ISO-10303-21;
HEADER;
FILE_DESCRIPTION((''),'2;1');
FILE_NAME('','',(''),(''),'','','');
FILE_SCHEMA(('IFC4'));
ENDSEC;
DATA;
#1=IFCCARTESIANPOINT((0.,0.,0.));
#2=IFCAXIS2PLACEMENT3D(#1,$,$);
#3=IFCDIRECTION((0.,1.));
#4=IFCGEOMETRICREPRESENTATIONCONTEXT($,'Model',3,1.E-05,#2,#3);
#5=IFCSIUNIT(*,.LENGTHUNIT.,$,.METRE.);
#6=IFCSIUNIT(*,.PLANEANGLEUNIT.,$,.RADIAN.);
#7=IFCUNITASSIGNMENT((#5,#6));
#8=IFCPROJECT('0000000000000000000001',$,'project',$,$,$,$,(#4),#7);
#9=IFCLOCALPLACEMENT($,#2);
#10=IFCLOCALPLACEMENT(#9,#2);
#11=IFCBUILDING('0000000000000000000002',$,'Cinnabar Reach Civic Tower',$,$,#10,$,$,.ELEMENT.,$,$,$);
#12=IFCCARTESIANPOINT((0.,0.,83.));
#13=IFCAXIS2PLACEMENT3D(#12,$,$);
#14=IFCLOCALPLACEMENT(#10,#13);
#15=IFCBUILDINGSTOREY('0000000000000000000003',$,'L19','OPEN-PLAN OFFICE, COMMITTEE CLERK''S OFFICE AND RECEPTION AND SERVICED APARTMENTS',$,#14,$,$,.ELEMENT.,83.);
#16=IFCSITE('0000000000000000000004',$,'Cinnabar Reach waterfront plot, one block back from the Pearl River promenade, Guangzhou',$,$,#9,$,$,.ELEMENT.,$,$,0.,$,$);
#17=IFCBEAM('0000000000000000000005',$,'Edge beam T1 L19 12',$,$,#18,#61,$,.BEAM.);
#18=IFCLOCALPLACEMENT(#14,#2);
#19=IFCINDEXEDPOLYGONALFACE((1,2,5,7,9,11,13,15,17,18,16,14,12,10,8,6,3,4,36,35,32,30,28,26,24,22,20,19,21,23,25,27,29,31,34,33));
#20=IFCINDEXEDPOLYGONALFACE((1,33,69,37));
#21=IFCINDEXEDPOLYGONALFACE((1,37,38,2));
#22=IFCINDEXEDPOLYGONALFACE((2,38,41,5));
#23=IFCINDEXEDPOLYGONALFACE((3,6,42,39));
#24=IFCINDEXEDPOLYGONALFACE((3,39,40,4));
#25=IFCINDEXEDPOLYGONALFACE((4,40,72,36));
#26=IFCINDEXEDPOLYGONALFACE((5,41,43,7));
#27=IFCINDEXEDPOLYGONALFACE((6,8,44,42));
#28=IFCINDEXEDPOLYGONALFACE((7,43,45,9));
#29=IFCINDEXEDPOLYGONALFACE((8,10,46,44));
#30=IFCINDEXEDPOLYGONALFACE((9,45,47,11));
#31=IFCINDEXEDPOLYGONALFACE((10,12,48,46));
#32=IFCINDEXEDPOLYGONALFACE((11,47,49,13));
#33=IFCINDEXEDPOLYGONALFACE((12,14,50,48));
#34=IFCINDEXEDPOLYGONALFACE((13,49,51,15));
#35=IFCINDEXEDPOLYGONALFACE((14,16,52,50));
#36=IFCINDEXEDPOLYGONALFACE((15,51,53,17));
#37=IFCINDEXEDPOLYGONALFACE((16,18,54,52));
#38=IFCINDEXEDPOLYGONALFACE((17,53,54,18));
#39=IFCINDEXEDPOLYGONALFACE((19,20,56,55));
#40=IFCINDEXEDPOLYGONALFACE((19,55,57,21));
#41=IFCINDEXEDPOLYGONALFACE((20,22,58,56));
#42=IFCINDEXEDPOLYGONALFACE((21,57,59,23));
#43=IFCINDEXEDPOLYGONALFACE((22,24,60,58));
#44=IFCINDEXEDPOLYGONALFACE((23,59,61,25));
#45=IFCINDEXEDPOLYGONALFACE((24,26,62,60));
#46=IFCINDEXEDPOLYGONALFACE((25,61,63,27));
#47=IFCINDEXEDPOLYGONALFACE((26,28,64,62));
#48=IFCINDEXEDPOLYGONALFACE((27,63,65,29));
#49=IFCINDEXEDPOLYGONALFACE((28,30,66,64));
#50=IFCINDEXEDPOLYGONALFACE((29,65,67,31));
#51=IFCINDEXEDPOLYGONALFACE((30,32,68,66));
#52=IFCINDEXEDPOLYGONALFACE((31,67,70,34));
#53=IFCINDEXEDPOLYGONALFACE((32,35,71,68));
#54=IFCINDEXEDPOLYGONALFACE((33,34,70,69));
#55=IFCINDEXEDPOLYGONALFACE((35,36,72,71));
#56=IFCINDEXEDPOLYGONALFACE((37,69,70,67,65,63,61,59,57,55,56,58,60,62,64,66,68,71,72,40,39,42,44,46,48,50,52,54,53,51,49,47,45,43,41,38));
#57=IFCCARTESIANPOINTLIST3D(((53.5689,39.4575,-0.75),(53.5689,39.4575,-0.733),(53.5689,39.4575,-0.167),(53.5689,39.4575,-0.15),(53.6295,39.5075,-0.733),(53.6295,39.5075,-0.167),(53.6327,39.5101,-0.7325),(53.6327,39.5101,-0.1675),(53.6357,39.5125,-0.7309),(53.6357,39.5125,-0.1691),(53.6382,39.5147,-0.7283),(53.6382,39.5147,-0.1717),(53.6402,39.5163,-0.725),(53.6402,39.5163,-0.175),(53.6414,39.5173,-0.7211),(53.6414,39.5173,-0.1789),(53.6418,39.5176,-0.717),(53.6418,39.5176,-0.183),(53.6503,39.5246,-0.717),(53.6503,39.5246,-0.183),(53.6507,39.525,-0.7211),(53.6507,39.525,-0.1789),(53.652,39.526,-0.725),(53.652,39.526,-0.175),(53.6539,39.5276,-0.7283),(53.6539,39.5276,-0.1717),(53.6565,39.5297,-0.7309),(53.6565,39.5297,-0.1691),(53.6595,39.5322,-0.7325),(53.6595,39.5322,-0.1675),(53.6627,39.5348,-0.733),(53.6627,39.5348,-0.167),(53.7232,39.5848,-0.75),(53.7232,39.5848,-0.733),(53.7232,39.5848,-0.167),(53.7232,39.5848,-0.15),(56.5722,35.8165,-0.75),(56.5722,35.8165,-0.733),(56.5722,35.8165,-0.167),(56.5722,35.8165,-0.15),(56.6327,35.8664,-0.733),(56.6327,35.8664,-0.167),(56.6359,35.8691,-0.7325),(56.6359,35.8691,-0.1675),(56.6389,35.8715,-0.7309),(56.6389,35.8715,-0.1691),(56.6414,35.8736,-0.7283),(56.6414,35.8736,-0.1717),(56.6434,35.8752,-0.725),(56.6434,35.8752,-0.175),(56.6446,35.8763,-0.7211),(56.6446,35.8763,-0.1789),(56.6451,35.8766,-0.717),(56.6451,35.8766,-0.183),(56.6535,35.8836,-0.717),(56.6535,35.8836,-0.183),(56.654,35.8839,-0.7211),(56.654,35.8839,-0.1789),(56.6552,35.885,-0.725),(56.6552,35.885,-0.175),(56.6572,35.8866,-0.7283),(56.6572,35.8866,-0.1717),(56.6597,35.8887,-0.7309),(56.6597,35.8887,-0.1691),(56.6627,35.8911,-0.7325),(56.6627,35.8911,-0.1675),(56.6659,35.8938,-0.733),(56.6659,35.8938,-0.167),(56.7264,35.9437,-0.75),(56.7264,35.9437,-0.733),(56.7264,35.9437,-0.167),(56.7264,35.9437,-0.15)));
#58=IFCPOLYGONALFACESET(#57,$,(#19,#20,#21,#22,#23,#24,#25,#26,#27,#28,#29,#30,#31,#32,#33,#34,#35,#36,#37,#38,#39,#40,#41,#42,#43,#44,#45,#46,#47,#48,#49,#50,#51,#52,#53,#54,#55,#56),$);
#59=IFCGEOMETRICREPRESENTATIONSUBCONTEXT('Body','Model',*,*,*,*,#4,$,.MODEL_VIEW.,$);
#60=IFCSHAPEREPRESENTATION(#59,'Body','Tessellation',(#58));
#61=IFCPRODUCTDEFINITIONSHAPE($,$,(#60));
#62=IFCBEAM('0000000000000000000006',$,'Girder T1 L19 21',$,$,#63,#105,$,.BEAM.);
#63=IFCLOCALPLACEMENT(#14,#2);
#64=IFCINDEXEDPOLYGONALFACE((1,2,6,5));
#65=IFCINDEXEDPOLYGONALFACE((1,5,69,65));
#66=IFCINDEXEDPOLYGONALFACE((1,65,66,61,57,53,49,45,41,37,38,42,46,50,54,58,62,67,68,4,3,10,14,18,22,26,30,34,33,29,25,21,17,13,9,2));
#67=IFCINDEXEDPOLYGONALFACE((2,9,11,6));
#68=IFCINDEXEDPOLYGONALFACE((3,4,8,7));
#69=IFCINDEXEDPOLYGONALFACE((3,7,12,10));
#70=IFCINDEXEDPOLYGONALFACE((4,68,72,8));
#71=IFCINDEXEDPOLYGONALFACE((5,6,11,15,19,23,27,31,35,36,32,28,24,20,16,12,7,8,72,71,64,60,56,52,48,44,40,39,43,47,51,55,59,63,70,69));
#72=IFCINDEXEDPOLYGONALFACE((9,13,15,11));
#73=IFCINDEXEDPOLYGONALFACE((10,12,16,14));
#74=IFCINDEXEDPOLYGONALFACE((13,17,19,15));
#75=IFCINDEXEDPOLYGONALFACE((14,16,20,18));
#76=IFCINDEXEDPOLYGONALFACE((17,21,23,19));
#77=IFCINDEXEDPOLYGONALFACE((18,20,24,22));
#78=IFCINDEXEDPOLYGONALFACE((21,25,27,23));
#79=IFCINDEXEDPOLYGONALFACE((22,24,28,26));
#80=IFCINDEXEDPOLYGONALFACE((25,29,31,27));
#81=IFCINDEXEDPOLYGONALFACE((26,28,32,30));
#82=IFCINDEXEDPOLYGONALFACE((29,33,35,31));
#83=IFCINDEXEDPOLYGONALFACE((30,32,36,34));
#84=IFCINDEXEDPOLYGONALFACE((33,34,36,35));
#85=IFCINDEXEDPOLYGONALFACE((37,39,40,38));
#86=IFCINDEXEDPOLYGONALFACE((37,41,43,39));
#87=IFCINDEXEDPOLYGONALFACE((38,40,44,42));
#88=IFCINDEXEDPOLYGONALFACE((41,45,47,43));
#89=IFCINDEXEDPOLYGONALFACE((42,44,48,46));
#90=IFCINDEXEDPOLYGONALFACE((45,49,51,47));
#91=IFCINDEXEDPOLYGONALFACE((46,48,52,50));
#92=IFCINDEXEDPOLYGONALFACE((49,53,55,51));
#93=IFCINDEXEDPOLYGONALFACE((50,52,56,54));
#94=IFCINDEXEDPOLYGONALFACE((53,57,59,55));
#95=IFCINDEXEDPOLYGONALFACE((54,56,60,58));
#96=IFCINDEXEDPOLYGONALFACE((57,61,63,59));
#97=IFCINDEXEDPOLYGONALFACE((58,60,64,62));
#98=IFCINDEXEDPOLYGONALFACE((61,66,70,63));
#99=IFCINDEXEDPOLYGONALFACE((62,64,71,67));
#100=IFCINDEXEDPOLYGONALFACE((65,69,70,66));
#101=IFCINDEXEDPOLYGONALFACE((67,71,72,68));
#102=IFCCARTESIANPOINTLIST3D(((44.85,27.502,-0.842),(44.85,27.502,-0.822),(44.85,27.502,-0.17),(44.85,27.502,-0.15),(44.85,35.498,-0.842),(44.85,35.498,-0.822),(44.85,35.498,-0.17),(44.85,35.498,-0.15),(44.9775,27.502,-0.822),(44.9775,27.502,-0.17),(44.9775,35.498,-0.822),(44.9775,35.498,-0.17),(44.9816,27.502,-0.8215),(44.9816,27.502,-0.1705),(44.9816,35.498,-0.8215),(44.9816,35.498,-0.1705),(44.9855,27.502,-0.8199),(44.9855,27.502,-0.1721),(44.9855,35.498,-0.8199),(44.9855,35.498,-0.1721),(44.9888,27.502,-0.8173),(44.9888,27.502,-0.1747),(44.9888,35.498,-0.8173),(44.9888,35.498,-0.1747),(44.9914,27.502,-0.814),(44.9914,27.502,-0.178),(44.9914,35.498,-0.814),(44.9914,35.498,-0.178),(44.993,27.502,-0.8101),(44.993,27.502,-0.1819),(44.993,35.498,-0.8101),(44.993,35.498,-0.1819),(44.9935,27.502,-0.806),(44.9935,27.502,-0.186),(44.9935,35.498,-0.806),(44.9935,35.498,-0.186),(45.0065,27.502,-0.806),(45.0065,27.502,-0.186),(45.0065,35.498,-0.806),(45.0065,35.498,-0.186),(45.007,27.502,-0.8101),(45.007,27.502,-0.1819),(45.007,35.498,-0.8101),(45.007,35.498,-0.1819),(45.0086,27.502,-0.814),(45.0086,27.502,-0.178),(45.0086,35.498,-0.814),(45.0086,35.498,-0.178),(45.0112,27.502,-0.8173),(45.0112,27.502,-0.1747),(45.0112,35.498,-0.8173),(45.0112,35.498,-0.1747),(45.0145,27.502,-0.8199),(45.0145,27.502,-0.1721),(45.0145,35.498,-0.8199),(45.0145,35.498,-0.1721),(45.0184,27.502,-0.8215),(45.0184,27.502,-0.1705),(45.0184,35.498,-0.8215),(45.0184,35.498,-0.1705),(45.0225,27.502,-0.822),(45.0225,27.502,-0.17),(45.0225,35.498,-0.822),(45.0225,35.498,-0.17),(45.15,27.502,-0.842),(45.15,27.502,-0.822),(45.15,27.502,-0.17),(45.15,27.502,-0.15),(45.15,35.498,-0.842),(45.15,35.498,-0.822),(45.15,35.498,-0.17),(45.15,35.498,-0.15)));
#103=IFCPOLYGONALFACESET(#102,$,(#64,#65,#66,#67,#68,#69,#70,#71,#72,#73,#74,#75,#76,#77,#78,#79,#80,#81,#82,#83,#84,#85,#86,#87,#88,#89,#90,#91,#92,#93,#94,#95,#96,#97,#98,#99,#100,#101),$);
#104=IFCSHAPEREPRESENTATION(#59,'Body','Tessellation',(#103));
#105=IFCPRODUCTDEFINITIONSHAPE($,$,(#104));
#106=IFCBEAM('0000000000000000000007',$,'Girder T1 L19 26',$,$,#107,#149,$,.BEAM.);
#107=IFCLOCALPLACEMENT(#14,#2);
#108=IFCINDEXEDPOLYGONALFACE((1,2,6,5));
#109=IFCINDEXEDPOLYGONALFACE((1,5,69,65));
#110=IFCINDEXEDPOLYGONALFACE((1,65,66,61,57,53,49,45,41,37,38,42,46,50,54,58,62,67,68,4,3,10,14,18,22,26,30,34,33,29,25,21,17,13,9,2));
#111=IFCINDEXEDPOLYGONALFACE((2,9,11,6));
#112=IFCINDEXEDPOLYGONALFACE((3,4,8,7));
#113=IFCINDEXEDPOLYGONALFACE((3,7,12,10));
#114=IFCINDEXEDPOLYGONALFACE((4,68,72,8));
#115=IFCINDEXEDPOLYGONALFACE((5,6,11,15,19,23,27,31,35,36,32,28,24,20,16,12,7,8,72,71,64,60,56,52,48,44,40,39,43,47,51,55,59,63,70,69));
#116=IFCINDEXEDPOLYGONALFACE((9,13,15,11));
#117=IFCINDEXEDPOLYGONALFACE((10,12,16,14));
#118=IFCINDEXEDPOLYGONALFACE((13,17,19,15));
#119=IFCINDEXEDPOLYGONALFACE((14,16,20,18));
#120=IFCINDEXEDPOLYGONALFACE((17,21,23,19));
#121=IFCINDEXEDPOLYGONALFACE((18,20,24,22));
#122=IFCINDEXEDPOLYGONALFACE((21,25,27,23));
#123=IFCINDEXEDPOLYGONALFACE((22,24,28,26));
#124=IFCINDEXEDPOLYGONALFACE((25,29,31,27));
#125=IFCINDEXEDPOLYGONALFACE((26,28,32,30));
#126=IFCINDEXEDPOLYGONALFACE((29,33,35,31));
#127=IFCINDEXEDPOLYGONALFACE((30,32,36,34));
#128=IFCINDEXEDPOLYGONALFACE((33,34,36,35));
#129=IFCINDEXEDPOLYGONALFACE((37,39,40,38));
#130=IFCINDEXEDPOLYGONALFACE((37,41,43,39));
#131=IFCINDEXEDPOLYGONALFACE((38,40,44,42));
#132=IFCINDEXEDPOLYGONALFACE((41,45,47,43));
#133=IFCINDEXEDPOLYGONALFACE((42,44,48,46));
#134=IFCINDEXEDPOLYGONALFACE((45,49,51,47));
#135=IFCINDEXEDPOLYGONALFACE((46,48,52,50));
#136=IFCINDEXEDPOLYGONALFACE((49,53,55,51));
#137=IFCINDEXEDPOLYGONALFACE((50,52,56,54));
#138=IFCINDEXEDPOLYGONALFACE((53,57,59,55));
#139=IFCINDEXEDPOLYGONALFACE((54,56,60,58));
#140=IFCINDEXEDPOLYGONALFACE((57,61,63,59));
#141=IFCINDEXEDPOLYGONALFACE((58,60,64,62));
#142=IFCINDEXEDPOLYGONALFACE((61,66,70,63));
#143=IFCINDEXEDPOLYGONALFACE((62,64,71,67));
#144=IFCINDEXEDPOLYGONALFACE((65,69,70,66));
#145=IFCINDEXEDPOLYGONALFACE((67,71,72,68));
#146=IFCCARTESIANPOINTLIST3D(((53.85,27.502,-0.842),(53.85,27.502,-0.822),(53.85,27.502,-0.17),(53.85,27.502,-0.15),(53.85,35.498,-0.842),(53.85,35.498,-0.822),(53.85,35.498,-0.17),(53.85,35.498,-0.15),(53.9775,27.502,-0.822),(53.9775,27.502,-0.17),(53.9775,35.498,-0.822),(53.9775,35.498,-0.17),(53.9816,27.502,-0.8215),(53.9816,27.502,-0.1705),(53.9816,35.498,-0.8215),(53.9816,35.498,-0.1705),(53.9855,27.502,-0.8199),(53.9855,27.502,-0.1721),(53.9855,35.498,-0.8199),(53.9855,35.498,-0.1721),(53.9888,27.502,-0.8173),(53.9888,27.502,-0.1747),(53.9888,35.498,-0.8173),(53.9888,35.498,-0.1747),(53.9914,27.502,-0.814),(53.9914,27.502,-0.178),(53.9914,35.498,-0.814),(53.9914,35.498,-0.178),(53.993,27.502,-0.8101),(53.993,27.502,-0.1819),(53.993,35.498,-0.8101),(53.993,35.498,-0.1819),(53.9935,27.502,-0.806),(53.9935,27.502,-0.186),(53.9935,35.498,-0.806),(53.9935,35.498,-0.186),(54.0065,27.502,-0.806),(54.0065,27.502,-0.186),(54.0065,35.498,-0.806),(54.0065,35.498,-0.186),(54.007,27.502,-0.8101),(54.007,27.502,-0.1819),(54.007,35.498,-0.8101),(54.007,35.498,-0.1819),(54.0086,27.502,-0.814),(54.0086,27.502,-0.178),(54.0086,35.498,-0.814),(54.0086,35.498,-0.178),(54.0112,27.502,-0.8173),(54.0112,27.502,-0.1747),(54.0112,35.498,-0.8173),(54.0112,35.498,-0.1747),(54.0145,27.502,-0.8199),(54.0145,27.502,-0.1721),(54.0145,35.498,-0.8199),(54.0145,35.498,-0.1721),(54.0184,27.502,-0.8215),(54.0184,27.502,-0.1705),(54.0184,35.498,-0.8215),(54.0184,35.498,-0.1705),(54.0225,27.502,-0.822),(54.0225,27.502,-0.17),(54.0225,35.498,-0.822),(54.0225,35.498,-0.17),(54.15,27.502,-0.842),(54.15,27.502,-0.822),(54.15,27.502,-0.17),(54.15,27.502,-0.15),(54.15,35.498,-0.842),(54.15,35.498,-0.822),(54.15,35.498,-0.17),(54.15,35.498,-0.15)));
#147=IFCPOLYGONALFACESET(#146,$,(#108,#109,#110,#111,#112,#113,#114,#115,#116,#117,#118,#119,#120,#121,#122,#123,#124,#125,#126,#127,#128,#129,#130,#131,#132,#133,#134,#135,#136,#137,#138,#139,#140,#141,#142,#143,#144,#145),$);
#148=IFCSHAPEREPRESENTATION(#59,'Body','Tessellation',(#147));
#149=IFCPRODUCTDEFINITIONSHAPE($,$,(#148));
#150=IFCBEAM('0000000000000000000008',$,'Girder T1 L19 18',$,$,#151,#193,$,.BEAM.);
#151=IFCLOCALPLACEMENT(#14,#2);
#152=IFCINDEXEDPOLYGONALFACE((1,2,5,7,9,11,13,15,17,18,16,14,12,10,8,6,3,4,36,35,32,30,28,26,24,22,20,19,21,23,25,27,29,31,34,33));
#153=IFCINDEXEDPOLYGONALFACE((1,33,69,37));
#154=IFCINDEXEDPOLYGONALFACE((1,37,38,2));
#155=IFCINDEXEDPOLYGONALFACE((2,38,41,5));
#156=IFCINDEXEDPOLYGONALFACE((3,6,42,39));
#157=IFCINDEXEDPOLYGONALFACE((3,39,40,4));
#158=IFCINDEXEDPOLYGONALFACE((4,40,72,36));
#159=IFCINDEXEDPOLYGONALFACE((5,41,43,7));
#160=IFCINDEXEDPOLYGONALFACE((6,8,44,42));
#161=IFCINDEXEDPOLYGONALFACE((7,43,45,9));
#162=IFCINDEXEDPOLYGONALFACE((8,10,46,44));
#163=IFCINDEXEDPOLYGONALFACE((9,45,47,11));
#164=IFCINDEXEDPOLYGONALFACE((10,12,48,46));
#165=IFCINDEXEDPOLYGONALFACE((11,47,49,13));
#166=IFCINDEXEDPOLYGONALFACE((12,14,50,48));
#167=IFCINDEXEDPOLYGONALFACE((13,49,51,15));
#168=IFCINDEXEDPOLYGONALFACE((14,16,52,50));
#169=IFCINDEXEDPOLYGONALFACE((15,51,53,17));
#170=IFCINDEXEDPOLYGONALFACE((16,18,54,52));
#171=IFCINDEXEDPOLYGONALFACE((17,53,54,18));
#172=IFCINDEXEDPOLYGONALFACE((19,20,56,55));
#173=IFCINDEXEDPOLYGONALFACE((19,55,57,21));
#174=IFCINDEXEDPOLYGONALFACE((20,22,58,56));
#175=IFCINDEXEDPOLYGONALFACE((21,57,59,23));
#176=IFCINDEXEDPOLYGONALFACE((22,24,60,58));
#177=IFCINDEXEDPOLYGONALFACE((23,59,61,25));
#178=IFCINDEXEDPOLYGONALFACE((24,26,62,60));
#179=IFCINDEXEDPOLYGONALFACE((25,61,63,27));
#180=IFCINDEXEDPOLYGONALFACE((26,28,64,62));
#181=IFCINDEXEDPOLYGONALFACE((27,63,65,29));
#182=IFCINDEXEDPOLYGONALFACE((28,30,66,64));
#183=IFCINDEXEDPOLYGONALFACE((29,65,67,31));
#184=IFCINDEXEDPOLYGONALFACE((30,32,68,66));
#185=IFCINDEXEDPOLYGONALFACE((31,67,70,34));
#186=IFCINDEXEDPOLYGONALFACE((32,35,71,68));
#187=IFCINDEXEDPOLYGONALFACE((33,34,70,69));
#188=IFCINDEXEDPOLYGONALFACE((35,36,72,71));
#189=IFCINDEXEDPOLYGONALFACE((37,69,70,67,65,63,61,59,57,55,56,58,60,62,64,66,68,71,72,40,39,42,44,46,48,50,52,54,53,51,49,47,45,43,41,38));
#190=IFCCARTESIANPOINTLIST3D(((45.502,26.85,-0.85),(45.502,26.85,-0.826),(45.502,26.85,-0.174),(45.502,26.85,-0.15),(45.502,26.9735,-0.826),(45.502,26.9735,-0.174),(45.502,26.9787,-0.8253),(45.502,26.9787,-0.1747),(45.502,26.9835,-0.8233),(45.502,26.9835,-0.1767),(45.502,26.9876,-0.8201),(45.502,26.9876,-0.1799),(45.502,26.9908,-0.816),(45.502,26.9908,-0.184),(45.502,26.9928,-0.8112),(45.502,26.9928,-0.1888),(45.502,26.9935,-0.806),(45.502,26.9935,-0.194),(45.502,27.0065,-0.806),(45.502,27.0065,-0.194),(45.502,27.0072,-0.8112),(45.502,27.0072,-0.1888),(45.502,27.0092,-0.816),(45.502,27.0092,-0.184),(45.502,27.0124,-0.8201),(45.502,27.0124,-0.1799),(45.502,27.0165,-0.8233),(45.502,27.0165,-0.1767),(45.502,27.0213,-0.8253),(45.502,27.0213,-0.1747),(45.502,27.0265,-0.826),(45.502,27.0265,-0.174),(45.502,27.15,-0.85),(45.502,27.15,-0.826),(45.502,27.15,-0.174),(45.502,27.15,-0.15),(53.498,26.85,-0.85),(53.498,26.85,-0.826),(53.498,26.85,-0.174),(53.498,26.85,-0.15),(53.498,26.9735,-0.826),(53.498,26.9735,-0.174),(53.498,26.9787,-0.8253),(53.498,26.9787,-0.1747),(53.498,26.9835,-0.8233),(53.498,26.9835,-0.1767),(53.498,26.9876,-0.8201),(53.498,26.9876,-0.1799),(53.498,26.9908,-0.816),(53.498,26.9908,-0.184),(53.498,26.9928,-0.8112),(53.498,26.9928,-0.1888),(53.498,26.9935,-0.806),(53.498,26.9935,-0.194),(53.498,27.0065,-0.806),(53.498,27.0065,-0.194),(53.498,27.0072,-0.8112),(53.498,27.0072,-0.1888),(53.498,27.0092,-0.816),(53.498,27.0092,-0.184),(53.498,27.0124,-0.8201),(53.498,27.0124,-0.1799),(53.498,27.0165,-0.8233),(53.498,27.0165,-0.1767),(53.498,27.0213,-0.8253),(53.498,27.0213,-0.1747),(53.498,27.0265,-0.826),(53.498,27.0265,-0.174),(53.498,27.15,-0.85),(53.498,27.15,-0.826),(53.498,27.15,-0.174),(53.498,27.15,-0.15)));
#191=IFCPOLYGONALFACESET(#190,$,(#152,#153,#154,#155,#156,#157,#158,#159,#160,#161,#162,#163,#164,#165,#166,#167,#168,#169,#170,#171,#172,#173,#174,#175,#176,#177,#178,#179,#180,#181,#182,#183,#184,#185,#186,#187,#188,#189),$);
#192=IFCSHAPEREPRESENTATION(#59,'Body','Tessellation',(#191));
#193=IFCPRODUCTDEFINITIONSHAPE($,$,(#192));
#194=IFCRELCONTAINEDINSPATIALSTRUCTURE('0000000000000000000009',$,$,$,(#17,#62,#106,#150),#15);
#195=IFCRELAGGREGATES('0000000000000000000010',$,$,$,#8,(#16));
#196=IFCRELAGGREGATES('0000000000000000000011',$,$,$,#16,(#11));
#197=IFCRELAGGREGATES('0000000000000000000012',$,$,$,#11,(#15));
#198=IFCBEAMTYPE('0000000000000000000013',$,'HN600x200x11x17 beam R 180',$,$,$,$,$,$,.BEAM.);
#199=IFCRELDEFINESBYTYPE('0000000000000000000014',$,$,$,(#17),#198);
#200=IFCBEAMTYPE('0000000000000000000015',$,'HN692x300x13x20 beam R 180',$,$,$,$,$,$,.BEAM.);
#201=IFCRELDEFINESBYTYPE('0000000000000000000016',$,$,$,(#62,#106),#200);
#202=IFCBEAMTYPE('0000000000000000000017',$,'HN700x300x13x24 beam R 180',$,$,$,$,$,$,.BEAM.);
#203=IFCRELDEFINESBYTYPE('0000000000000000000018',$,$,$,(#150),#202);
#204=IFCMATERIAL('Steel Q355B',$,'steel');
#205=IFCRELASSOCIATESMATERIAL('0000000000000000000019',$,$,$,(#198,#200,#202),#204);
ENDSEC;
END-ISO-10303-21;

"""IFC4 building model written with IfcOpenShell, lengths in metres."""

from ifc_helpers import new_model, si_unit, direction, frame, origin, origin_2d, place, context, subcontext, project, spatial, i_section, extrude, material, material_profile, profile_set, type_object, element, save


model = new_model("IFC4")

# Units and contexts
model_context = context("Model", 3, precision=1e-05, world=origin(), true_north=direction((0.0, 1.0)))
body_context = subcontext(model_context, "Body", "Model", "MODEL_VIEW")
ifc_project = project(units=[si_unit("LENGTHUNIT", "METRE"), si_unit("PLANEANGLEUNIT", "RADIAN")], contexts=[model_context])

# Site, building, storey
site_placement = place(None, origin())
site = spatial("IfcSite", under=ifc_project, at=site_placement, Name="Cinnabar Reach waterfront plot, one block back from the Pearl River promenade, Guangzhou", CompositionType="ELEMENT", RefElevation=0.0)
building_placement = place(site_placement, origin())
building = spatial("IfcBuilding", under=site, at=building_placement, Name="Cinnabar Reach Civic Tower", CompositionType="ELEMENT")
storey_placement = place(building_placement, frame((0.0, 0.0, 83.0)))
storey = spatial("IfcBuildingStorey", under=building, at=storey_placement, Name="L19", Description="OPEN-PLAN OFFICE, COMMITTEE CLERK'S OFFICE AND RECEPTION AND SERVICED APARTMENTS", CompositionType="ELEMENT", Elevation=83.0)

# Beams
ifc_material_1 = material(Name="Steel Q355B", Category="steel")
ifc_material_profile_1 = material_profile(ifc_material_1, i_section(OverallWidth=0.2, OverallDepth=0.6, WebThickness=0.011, FlangeThickness=0.017, FilletRadius=0.016, at=origin_2d()), Name="HN600x200x11x17")
ifc_profile_set_1 = profile_set([ifc_material_profile_1], Name="Steel Q355B")
beam_type_1 = type_object("IfcBeamType", Name="HN600x200x11x17 beam R 180", PredefinedType="BEAM", material=ifc_profile_set_1)
beam_1_placement = place(storey_placement, frame((56.6493, 35.8801, -0.45), z_axis=(-0.636304, 0.771438, 0.0), x_axis=(-0.771438, -0.636304, 0.0)))
element("IfcBeam", 1, at=beam_1_placement, inside=storey, type_object=beam_type_1, Name="Edge beam T1 L19 12", PredefinedType="BEAM", context=body_context, shape_type="SweptSolid", body=[
    extrude(i_section(OverallWidth=0.2, OverallDepth=0.6, WebThickness=0.011, FlangeThickness=0.017, FilletRadius=0.016, at=origin_2d()), origin(), (0.0, 0.0, 1.0), 4.7198),
])
ifc_material_profile_2 = material_profile(ifc_material_1, i_section(OverallWidth=0.3, OverallDepth=0.692, WebThickness=0.013, FlangeThickness=0.02, FilletRadius=0.016, at=origin_2d()), Name="HN692x300x13x20")
ifc_profile_set_2 = profile_set([ifc_material_profile_2], Name="Steel Q355B")
beam_type_2 = type_object("IfcBeamType", Name="HN692x300x13x20 beam R 180", PredefinedType="BEAM", material=ifc_profile_set_2)
for number, where, z_axis, x_axis, name in (
    (2, (45.0, 27.502, -0.496), (0.0, 1.0, 0.0), (-1.0, 0.0, 0.0), "Girder T1 L19 21"),
    (3, (54.0, 27.502, -0.496), (0.0, 1.0, 0.0), (-1.0, 0.0, 0.0), "Girder T1 L19 26"),
):
    element("IfcBeam", number, at=place(storey_placement, frame(where, z_axis=z_axis, x_axis=x_axis)), inside=storey, type_object=beam_type_2, Name=name, PredefinedType="BEAM", context=body_context, shape_type="SweptSolid", body=[
        extrude(i_section(OverallWidth=0.3, OverallDepth=0.692, WebThickness=0.013, FlangeThickness=0.02, FilletRadius=0.016, at=origin_2d()), origin(), (0.0, 0.0, 1.0), 7.996),
    ])
ifc_material_profile_3 = material_profile(ifc_material_1, i_section(OverallWidth=0.3, OverallDepth=0.7, WebThickness=0.013, FlangeThickness=0.024, FilletRadius=0.02, at=origin_2d()), Name="HN700x300x13x24")
ifc_profile_set_3 = profile_set([ifc_material_profile_3], Name="Steel Q355B")
beam_type_3 = type_object("IfcBeamType", Name="HN700x300x13x24 beam R 180", PredefinedType="BEAM", material=ifc_profile_set_3)
beam_2_placement = place(storey_placement, frame((45.502, 27.0, -0.5), z_axis=(1.0, 0.0, 0.0), x_axis=(0.0, 1.0, 0.0)))
element("IfcBeam", 4, at=beam_2_placement, inside=storey, type_object=beam_type_3, Name="Girder T1 L19 18", PredefinedType="BEAM", context=body_context, shape_type="SweptSolid", body=[
    extrude(i_section(OverallWidth=0.3, OverallDepth=0.7, WebThickness=0.013, FlangeThickness=0.024, FilletRadius=0.02, at=origin_2d()), origin(), (0.0, 0.0, 1.0), 7.996),
])

save(model, "model.ifc")
